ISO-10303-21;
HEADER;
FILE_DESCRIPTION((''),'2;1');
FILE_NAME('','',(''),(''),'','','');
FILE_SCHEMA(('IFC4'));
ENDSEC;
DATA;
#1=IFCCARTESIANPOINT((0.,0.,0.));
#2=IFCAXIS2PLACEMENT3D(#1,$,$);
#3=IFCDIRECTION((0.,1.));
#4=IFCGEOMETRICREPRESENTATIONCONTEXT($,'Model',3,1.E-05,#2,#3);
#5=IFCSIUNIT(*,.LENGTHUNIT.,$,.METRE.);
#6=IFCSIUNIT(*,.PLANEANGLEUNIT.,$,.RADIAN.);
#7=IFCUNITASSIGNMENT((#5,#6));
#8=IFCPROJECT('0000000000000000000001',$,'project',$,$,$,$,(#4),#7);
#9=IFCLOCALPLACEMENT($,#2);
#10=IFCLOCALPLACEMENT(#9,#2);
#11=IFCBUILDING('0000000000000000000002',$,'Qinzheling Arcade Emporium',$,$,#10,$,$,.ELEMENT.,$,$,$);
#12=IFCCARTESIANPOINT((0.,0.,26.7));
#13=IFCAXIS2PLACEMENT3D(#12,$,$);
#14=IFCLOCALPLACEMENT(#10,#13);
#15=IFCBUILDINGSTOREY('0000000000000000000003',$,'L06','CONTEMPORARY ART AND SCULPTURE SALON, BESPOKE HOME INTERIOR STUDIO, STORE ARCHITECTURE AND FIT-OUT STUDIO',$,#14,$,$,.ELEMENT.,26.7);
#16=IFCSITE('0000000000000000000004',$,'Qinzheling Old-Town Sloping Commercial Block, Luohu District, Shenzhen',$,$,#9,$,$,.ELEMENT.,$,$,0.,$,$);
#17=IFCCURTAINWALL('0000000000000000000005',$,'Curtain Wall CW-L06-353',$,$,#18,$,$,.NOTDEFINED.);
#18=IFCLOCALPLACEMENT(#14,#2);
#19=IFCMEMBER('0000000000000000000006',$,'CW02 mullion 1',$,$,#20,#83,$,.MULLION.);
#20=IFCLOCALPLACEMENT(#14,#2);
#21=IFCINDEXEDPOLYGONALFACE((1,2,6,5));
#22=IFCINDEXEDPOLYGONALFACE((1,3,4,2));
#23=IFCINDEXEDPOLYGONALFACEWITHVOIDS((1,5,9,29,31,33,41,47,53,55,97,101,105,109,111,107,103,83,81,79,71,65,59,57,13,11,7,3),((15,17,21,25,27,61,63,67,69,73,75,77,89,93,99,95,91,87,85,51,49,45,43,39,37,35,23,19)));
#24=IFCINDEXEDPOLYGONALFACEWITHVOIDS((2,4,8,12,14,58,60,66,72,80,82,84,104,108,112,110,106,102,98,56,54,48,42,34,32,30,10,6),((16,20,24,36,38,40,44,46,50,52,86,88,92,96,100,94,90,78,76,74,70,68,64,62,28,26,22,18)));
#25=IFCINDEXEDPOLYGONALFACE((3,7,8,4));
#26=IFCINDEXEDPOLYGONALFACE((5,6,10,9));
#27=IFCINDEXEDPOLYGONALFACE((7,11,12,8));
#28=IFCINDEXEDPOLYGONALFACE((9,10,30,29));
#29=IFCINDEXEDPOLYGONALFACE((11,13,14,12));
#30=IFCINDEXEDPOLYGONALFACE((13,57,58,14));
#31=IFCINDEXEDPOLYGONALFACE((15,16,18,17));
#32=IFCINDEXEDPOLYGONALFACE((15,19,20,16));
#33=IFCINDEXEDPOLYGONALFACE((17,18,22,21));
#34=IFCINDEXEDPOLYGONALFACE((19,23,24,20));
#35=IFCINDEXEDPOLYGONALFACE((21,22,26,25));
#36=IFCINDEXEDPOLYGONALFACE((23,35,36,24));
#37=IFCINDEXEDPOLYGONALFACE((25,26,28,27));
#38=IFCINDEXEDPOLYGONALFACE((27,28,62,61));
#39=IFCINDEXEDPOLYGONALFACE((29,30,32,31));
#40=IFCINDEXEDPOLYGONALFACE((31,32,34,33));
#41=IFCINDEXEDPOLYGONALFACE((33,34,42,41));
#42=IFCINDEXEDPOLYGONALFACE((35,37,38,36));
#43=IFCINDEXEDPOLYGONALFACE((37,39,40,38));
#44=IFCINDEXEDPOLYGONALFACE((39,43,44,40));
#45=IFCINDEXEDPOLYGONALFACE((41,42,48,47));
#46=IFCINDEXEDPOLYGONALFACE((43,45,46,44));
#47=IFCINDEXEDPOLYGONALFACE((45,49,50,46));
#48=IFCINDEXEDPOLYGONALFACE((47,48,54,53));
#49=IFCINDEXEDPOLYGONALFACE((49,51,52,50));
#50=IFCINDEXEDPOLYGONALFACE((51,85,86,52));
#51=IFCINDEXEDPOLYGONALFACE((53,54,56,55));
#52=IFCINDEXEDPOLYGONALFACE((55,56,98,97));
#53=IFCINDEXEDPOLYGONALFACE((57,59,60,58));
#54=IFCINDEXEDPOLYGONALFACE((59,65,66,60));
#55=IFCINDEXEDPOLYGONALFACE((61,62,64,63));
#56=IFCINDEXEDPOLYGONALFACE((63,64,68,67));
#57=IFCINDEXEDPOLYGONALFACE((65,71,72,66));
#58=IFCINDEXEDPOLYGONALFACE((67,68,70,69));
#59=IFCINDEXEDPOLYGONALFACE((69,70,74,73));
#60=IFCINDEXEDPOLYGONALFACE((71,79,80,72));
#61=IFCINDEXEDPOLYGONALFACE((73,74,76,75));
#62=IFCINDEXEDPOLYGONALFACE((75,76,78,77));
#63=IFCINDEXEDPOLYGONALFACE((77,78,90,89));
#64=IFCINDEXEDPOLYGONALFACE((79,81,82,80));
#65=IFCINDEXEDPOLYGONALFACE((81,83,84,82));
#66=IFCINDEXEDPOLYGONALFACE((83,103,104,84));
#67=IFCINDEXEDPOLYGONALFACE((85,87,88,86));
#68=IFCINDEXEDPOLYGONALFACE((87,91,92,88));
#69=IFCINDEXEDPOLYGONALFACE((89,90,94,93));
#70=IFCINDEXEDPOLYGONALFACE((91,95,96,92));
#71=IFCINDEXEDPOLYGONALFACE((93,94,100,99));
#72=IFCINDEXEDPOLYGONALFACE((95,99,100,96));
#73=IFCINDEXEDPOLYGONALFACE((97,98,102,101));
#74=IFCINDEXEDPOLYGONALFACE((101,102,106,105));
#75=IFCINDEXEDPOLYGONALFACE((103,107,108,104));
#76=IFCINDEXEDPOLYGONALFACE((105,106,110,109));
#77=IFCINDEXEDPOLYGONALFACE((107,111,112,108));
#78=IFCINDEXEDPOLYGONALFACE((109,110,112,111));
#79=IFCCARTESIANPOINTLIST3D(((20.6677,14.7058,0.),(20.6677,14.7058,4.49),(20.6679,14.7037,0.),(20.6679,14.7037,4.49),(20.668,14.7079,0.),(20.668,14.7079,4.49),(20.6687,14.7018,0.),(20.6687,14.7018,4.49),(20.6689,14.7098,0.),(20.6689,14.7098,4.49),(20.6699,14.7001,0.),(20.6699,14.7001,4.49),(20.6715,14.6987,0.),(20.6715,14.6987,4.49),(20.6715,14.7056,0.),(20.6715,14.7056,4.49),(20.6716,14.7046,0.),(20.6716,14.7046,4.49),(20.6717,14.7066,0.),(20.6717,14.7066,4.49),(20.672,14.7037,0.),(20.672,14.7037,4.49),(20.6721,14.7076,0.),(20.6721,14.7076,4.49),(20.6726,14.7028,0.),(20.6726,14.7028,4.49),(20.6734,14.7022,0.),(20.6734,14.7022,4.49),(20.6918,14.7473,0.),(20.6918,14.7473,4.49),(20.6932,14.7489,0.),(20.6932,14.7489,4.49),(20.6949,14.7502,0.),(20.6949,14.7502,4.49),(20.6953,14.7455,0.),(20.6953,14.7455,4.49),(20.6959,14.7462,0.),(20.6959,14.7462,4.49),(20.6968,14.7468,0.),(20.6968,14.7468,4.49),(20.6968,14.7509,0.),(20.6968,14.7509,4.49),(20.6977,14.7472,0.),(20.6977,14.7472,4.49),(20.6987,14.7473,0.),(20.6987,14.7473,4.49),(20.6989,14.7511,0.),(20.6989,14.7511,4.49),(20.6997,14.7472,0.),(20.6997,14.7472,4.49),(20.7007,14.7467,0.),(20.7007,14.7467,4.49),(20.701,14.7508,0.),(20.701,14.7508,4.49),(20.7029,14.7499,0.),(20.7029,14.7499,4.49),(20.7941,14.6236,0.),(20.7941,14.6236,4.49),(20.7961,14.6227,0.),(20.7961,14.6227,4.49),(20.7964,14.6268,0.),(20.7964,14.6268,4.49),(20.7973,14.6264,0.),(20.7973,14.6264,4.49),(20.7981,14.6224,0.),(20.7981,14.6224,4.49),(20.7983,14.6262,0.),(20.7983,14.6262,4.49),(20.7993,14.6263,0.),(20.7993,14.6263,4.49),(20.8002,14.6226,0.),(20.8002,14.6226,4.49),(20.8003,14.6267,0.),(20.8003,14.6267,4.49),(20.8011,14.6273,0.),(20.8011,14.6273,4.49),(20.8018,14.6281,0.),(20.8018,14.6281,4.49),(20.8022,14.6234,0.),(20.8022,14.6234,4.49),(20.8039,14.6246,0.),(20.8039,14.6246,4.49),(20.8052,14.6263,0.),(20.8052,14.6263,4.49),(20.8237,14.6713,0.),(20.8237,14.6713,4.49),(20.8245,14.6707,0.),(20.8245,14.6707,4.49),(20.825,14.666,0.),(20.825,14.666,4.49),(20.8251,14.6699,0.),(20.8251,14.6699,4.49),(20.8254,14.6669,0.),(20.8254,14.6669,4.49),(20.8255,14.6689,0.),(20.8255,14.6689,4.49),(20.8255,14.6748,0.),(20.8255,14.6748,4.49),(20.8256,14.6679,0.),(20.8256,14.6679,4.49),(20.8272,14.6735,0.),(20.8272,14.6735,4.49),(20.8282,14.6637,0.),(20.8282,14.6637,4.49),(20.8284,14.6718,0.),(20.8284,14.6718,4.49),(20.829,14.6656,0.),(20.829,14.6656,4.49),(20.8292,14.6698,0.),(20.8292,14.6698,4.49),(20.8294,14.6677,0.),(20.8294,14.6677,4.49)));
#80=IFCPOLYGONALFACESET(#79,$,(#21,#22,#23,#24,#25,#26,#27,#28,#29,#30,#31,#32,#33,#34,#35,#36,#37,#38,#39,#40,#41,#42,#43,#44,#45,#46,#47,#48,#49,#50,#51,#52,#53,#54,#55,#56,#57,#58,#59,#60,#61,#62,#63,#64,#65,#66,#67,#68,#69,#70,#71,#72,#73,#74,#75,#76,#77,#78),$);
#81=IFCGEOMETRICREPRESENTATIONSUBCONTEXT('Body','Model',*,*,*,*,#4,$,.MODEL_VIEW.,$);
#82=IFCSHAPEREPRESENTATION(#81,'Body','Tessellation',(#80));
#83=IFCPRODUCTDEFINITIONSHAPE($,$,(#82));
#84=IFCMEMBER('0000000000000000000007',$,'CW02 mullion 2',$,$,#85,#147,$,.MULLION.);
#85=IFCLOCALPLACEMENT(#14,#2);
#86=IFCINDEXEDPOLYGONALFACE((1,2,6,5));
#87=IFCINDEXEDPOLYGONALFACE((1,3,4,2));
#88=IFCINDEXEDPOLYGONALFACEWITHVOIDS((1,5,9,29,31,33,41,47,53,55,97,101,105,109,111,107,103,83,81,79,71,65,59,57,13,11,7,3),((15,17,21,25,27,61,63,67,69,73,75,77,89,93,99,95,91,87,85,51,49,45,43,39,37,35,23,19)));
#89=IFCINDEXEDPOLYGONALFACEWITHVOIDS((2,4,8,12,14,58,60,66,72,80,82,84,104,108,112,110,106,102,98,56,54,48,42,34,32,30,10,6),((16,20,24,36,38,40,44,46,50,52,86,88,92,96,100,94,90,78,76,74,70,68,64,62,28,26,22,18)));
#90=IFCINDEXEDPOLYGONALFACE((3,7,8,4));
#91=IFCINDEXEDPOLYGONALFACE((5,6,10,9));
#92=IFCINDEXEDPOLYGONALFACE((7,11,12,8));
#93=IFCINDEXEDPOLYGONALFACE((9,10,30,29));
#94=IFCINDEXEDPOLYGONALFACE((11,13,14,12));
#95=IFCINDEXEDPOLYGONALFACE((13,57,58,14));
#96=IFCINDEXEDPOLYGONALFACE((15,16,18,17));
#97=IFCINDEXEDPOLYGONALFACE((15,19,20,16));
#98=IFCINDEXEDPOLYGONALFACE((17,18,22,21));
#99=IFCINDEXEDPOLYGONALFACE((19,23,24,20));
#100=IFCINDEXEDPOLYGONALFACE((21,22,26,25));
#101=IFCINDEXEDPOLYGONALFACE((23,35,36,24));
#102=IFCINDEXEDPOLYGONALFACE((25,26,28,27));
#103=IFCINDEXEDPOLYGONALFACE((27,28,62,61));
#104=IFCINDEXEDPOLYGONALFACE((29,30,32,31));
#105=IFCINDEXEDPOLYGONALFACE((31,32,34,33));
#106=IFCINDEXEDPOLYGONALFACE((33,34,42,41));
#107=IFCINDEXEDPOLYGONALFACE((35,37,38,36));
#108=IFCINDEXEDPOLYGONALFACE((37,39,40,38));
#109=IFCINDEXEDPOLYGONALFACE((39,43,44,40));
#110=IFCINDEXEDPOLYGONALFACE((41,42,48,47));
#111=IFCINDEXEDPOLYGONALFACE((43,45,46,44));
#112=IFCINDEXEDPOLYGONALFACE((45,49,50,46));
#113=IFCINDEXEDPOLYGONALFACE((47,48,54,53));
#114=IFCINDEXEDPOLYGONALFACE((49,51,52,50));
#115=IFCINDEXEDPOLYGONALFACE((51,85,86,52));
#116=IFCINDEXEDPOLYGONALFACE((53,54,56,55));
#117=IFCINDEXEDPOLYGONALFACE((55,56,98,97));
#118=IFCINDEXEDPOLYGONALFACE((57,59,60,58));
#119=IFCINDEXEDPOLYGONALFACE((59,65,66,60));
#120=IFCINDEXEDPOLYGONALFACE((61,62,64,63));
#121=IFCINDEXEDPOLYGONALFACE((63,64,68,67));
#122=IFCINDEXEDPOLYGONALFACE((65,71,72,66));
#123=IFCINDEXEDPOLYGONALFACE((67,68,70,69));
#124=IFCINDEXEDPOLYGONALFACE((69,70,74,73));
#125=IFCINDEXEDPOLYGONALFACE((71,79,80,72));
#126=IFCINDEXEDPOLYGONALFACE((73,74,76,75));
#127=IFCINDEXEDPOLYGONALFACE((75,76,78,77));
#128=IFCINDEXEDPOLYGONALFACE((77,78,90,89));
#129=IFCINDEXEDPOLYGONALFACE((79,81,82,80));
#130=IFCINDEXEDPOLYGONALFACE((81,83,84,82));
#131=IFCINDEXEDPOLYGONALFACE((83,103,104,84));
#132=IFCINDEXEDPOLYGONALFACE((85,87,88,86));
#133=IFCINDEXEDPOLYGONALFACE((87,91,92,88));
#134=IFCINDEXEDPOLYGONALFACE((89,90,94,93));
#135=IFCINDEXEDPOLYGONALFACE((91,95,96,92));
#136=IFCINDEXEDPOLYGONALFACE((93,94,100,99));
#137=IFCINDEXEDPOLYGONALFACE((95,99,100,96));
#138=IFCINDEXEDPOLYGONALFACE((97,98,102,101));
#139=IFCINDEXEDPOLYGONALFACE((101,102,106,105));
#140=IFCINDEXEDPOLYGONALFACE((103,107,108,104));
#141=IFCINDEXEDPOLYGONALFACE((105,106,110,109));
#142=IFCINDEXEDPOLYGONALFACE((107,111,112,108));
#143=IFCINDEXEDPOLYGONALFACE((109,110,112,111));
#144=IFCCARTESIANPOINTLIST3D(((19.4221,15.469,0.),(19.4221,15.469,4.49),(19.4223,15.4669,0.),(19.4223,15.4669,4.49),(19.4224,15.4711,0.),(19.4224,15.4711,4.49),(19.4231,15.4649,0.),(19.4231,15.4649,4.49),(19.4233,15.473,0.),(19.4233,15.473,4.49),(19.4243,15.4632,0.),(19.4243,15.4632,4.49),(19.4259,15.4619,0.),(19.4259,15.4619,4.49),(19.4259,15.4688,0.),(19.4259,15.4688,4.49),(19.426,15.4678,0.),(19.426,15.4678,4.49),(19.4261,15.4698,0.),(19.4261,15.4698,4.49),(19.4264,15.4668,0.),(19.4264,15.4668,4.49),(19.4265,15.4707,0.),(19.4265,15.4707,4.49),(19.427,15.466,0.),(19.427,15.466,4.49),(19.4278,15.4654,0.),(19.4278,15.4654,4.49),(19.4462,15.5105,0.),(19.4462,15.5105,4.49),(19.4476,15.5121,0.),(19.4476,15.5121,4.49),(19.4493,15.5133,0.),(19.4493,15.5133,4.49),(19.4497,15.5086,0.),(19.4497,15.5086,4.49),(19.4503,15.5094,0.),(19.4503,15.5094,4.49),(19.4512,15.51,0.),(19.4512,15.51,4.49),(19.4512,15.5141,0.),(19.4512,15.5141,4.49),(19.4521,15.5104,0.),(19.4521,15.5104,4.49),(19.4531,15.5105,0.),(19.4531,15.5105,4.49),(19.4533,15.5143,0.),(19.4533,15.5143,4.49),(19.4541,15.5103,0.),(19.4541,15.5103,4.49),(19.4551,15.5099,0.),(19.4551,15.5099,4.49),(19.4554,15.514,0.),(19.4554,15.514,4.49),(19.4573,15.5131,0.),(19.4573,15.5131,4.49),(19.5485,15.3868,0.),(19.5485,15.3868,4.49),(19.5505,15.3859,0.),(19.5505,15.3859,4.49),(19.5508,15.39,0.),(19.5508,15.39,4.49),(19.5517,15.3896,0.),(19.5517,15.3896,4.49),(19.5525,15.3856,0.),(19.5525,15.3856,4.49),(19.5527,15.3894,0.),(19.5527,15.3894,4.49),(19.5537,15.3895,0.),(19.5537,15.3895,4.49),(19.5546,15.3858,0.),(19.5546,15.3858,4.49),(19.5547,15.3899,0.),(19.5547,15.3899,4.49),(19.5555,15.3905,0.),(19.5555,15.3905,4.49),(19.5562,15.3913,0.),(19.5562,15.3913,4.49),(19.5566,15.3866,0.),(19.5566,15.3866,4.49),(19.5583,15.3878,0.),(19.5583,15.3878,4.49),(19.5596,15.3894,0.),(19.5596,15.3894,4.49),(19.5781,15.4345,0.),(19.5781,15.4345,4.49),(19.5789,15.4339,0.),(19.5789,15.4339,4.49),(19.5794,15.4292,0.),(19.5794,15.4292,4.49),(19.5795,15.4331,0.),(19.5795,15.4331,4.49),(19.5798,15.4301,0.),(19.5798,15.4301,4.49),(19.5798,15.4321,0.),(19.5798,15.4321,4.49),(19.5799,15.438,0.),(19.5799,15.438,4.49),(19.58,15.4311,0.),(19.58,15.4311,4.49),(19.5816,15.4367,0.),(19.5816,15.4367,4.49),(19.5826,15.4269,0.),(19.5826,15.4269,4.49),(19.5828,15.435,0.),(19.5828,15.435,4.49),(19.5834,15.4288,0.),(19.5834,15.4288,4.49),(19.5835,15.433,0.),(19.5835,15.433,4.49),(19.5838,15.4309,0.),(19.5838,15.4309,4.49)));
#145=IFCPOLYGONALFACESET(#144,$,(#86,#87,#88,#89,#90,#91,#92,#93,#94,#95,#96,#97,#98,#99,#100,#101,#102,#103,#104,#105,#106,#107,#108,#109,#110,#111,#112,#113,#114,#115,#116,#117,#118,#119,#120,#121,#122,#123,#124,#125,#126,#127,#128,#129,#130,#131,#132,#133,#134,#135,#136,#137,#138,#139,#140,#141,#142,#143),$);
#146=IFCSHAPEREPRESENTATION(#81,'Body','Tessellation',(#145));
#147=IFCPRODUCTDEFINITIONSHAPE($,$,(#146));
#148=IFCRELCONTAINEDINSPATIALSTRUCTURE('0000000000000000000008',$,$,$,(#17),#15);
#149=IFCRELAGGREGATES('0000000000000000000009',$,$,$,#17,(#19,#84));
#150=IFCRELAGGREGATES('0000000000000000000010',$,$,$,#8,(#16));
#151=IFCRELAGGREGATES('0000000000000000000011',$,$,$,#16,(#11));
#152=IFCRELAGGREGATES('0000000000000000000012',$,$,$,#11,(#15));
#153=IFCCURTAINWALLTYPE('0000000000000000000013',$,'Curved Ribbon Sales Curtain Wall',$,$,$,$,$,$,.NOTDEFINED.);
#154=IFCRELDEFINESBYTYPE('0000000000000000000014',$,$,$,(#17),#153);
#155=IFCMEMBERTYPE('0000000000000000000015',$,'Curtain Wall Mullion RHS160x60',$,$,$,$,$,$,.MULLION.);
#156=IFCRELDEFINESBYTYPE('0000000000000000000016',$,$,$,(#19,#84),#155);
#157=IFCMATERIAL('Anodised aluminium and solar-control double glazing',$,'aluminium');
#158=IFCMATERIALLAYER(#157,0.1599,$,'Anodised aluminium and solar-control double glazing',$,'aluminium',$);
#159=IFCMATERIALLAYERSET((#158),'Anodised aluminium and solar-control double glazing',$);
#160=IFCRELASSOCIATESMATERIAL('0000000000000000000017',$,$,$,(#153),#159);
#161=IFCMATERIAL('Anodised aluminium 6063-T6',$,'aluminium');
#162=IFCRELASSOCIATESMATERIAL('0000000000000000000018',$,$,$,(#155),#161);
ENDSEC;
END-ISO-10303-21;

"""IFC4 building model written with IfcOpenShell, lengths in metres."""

from ifc_helpers import new_model, si_unit, direction, frame, origin, origin_2d, place, context, subcontext, project, spatial, hollow_rectangle, extrude, material, layer, layer_set, material_profile, profile_set, type_object, element, aggregate, save


model = new_model("IFC4")

# Units and contexts
model_context = context("Model", 3, precision=1e-05, world=origin(), true_north=direction((0.0, 1.0)))
body_context = subcontext(model_context, "Body", "Model", "MODEL_VIEW")
ifc_project = project(units=[si_unit("LENGTHUNIT", "METRE"), si_unit("PLANEANGLEUNIT", "RADIAN")], contexts=[model_context])

# Site, building, storey
site_placement = place(None, origin())
site = spatial("IfcSite", under=ifc_project, at=site_placement, Name="Qinzheling Old-Town Sloping Commercial Block, Luohu District, Shenzhen", CompositionType="ELEMENT", RefElevation=0.0)
building_placement = place(site_placement, origin())
building = spatial("IfcBuilding", under=site, at=building_placement, Name="Qinzheling Arcade Emporium", CompositionType="ELEMENT")
storey_placement = place(building_placement, frame((0.0, 0.0, 26.7)))
storey = spatial("IfcBuildingStorey", under=building, at=storey_placement, Name="L06", Description="CONTEMPORARY ART AND SCULPTURE SALON, BESPOKE HOME INTERIOR STUDIO, STORE ARCHITECTURE AND FIT-OUT STUDIO", CompositionType="ELEMENT", Elevation=26.7)

# Curtain wall, members
ifc_material_1 = material(Name="Anodised aluminium and solar-control double glazing", Category="aluminium")
ifc_layer_1 = layer(ifc_material_1, 0.1599, Name="Anodised aluminium and solar-control double glazing", Category="aluminium")
ifc_layer_set_1 = layer_set([ifc_layer_1], Name="Anodised aluminium and solar-control double glazing")
curtain_wall_type = type_object("IfcCurtainWallType", Name="Curved Ribbon Sales Curtain Wall", PredefinedType="NOTDEFINED", material=ifc_layer_set_1)
ifc_material_2 = material(Name="Anodised aluminium 6063-T6", Category="aluminium")
ifc_material_profile_1 = material_profile(ifc_material_2, hollow_rectangle(XDim=0.0601, YDim=0.1599, WallThickness=0.0039, InnerFilletRadius=0.0039, OuterFilletRadius=0.0081, at=origin_2d()), Name="RHS 160x60x4", Category="aluminium")
ifc_profile_set_1 = profile_set([ifc_material_profile_1], Name="Anodised aluminium 6063-T6")
member_type_1 = type_object("IfcMemberType", Name="Curtain Wall Mullion RHS160x60", PredefinedType="MULLION", material=ifc_profile_set_1)
curtain_wall_1_placement = place(storey_placement, origin())
curtain_wall_1 = element("IfcCurtainWall", 1, at=curtain_wall_1_placement, inside=storey, type_object=curtain_wall_type, Name="Curtain Wall CW-L06-353", PredefinedType="NOTDEFINED")
member_1_placement = place(storey_placement, frame((20.7485, 14.6868, 0.0), z_axis=(0.0, 0.0, 1.0), x_axis=(-0.522562, -0.852601, 0.0)))
member_1 = element("IfcMember", 2, at=member_1_placement, type_object=member_type_1, Name="CW02 mullion 1", PredefinedType="MULLION", context=body_context, shape_type="SweptSolid", body=[
    extrude(hollow_rectangle(XDim=0.0601, YDim=0.1599, WallThickness=0.0039, InnerFilletRadius=0.0039, OuterFilletRadius=0.0081, at=origin_2d()), origin(), (0.0, 0.0, 1.0), 4.49),
])
member_2_placement = place(storey_placement, frame((19.5029, 15.45, 0.0), z_axis=(0.0, 0.0, 1.0), x_axis=(-0.522562, -0.852601, 0.0)))
member_2 = element("IfcMember", 3, at=member_2_placement, type_object=member_type_1, Name="CW02 mullion 2", PredefinedType="MULLION", context=body_context, shape_type="SweptSolid", body=[
    extrude(hollow_rectangle(XDim=0.0601, YDim=0.1599, WallThickness=0.0039, InnerFilletRadius=0.0039, OuterFilletRadius=0.0081, at=origin_2d()), origin(), (0.0, 0.0, 1.0), 4.49),
])

aggregate(curtain_wall_1, [member_1, member_2])

save(model, "model.ifc")
